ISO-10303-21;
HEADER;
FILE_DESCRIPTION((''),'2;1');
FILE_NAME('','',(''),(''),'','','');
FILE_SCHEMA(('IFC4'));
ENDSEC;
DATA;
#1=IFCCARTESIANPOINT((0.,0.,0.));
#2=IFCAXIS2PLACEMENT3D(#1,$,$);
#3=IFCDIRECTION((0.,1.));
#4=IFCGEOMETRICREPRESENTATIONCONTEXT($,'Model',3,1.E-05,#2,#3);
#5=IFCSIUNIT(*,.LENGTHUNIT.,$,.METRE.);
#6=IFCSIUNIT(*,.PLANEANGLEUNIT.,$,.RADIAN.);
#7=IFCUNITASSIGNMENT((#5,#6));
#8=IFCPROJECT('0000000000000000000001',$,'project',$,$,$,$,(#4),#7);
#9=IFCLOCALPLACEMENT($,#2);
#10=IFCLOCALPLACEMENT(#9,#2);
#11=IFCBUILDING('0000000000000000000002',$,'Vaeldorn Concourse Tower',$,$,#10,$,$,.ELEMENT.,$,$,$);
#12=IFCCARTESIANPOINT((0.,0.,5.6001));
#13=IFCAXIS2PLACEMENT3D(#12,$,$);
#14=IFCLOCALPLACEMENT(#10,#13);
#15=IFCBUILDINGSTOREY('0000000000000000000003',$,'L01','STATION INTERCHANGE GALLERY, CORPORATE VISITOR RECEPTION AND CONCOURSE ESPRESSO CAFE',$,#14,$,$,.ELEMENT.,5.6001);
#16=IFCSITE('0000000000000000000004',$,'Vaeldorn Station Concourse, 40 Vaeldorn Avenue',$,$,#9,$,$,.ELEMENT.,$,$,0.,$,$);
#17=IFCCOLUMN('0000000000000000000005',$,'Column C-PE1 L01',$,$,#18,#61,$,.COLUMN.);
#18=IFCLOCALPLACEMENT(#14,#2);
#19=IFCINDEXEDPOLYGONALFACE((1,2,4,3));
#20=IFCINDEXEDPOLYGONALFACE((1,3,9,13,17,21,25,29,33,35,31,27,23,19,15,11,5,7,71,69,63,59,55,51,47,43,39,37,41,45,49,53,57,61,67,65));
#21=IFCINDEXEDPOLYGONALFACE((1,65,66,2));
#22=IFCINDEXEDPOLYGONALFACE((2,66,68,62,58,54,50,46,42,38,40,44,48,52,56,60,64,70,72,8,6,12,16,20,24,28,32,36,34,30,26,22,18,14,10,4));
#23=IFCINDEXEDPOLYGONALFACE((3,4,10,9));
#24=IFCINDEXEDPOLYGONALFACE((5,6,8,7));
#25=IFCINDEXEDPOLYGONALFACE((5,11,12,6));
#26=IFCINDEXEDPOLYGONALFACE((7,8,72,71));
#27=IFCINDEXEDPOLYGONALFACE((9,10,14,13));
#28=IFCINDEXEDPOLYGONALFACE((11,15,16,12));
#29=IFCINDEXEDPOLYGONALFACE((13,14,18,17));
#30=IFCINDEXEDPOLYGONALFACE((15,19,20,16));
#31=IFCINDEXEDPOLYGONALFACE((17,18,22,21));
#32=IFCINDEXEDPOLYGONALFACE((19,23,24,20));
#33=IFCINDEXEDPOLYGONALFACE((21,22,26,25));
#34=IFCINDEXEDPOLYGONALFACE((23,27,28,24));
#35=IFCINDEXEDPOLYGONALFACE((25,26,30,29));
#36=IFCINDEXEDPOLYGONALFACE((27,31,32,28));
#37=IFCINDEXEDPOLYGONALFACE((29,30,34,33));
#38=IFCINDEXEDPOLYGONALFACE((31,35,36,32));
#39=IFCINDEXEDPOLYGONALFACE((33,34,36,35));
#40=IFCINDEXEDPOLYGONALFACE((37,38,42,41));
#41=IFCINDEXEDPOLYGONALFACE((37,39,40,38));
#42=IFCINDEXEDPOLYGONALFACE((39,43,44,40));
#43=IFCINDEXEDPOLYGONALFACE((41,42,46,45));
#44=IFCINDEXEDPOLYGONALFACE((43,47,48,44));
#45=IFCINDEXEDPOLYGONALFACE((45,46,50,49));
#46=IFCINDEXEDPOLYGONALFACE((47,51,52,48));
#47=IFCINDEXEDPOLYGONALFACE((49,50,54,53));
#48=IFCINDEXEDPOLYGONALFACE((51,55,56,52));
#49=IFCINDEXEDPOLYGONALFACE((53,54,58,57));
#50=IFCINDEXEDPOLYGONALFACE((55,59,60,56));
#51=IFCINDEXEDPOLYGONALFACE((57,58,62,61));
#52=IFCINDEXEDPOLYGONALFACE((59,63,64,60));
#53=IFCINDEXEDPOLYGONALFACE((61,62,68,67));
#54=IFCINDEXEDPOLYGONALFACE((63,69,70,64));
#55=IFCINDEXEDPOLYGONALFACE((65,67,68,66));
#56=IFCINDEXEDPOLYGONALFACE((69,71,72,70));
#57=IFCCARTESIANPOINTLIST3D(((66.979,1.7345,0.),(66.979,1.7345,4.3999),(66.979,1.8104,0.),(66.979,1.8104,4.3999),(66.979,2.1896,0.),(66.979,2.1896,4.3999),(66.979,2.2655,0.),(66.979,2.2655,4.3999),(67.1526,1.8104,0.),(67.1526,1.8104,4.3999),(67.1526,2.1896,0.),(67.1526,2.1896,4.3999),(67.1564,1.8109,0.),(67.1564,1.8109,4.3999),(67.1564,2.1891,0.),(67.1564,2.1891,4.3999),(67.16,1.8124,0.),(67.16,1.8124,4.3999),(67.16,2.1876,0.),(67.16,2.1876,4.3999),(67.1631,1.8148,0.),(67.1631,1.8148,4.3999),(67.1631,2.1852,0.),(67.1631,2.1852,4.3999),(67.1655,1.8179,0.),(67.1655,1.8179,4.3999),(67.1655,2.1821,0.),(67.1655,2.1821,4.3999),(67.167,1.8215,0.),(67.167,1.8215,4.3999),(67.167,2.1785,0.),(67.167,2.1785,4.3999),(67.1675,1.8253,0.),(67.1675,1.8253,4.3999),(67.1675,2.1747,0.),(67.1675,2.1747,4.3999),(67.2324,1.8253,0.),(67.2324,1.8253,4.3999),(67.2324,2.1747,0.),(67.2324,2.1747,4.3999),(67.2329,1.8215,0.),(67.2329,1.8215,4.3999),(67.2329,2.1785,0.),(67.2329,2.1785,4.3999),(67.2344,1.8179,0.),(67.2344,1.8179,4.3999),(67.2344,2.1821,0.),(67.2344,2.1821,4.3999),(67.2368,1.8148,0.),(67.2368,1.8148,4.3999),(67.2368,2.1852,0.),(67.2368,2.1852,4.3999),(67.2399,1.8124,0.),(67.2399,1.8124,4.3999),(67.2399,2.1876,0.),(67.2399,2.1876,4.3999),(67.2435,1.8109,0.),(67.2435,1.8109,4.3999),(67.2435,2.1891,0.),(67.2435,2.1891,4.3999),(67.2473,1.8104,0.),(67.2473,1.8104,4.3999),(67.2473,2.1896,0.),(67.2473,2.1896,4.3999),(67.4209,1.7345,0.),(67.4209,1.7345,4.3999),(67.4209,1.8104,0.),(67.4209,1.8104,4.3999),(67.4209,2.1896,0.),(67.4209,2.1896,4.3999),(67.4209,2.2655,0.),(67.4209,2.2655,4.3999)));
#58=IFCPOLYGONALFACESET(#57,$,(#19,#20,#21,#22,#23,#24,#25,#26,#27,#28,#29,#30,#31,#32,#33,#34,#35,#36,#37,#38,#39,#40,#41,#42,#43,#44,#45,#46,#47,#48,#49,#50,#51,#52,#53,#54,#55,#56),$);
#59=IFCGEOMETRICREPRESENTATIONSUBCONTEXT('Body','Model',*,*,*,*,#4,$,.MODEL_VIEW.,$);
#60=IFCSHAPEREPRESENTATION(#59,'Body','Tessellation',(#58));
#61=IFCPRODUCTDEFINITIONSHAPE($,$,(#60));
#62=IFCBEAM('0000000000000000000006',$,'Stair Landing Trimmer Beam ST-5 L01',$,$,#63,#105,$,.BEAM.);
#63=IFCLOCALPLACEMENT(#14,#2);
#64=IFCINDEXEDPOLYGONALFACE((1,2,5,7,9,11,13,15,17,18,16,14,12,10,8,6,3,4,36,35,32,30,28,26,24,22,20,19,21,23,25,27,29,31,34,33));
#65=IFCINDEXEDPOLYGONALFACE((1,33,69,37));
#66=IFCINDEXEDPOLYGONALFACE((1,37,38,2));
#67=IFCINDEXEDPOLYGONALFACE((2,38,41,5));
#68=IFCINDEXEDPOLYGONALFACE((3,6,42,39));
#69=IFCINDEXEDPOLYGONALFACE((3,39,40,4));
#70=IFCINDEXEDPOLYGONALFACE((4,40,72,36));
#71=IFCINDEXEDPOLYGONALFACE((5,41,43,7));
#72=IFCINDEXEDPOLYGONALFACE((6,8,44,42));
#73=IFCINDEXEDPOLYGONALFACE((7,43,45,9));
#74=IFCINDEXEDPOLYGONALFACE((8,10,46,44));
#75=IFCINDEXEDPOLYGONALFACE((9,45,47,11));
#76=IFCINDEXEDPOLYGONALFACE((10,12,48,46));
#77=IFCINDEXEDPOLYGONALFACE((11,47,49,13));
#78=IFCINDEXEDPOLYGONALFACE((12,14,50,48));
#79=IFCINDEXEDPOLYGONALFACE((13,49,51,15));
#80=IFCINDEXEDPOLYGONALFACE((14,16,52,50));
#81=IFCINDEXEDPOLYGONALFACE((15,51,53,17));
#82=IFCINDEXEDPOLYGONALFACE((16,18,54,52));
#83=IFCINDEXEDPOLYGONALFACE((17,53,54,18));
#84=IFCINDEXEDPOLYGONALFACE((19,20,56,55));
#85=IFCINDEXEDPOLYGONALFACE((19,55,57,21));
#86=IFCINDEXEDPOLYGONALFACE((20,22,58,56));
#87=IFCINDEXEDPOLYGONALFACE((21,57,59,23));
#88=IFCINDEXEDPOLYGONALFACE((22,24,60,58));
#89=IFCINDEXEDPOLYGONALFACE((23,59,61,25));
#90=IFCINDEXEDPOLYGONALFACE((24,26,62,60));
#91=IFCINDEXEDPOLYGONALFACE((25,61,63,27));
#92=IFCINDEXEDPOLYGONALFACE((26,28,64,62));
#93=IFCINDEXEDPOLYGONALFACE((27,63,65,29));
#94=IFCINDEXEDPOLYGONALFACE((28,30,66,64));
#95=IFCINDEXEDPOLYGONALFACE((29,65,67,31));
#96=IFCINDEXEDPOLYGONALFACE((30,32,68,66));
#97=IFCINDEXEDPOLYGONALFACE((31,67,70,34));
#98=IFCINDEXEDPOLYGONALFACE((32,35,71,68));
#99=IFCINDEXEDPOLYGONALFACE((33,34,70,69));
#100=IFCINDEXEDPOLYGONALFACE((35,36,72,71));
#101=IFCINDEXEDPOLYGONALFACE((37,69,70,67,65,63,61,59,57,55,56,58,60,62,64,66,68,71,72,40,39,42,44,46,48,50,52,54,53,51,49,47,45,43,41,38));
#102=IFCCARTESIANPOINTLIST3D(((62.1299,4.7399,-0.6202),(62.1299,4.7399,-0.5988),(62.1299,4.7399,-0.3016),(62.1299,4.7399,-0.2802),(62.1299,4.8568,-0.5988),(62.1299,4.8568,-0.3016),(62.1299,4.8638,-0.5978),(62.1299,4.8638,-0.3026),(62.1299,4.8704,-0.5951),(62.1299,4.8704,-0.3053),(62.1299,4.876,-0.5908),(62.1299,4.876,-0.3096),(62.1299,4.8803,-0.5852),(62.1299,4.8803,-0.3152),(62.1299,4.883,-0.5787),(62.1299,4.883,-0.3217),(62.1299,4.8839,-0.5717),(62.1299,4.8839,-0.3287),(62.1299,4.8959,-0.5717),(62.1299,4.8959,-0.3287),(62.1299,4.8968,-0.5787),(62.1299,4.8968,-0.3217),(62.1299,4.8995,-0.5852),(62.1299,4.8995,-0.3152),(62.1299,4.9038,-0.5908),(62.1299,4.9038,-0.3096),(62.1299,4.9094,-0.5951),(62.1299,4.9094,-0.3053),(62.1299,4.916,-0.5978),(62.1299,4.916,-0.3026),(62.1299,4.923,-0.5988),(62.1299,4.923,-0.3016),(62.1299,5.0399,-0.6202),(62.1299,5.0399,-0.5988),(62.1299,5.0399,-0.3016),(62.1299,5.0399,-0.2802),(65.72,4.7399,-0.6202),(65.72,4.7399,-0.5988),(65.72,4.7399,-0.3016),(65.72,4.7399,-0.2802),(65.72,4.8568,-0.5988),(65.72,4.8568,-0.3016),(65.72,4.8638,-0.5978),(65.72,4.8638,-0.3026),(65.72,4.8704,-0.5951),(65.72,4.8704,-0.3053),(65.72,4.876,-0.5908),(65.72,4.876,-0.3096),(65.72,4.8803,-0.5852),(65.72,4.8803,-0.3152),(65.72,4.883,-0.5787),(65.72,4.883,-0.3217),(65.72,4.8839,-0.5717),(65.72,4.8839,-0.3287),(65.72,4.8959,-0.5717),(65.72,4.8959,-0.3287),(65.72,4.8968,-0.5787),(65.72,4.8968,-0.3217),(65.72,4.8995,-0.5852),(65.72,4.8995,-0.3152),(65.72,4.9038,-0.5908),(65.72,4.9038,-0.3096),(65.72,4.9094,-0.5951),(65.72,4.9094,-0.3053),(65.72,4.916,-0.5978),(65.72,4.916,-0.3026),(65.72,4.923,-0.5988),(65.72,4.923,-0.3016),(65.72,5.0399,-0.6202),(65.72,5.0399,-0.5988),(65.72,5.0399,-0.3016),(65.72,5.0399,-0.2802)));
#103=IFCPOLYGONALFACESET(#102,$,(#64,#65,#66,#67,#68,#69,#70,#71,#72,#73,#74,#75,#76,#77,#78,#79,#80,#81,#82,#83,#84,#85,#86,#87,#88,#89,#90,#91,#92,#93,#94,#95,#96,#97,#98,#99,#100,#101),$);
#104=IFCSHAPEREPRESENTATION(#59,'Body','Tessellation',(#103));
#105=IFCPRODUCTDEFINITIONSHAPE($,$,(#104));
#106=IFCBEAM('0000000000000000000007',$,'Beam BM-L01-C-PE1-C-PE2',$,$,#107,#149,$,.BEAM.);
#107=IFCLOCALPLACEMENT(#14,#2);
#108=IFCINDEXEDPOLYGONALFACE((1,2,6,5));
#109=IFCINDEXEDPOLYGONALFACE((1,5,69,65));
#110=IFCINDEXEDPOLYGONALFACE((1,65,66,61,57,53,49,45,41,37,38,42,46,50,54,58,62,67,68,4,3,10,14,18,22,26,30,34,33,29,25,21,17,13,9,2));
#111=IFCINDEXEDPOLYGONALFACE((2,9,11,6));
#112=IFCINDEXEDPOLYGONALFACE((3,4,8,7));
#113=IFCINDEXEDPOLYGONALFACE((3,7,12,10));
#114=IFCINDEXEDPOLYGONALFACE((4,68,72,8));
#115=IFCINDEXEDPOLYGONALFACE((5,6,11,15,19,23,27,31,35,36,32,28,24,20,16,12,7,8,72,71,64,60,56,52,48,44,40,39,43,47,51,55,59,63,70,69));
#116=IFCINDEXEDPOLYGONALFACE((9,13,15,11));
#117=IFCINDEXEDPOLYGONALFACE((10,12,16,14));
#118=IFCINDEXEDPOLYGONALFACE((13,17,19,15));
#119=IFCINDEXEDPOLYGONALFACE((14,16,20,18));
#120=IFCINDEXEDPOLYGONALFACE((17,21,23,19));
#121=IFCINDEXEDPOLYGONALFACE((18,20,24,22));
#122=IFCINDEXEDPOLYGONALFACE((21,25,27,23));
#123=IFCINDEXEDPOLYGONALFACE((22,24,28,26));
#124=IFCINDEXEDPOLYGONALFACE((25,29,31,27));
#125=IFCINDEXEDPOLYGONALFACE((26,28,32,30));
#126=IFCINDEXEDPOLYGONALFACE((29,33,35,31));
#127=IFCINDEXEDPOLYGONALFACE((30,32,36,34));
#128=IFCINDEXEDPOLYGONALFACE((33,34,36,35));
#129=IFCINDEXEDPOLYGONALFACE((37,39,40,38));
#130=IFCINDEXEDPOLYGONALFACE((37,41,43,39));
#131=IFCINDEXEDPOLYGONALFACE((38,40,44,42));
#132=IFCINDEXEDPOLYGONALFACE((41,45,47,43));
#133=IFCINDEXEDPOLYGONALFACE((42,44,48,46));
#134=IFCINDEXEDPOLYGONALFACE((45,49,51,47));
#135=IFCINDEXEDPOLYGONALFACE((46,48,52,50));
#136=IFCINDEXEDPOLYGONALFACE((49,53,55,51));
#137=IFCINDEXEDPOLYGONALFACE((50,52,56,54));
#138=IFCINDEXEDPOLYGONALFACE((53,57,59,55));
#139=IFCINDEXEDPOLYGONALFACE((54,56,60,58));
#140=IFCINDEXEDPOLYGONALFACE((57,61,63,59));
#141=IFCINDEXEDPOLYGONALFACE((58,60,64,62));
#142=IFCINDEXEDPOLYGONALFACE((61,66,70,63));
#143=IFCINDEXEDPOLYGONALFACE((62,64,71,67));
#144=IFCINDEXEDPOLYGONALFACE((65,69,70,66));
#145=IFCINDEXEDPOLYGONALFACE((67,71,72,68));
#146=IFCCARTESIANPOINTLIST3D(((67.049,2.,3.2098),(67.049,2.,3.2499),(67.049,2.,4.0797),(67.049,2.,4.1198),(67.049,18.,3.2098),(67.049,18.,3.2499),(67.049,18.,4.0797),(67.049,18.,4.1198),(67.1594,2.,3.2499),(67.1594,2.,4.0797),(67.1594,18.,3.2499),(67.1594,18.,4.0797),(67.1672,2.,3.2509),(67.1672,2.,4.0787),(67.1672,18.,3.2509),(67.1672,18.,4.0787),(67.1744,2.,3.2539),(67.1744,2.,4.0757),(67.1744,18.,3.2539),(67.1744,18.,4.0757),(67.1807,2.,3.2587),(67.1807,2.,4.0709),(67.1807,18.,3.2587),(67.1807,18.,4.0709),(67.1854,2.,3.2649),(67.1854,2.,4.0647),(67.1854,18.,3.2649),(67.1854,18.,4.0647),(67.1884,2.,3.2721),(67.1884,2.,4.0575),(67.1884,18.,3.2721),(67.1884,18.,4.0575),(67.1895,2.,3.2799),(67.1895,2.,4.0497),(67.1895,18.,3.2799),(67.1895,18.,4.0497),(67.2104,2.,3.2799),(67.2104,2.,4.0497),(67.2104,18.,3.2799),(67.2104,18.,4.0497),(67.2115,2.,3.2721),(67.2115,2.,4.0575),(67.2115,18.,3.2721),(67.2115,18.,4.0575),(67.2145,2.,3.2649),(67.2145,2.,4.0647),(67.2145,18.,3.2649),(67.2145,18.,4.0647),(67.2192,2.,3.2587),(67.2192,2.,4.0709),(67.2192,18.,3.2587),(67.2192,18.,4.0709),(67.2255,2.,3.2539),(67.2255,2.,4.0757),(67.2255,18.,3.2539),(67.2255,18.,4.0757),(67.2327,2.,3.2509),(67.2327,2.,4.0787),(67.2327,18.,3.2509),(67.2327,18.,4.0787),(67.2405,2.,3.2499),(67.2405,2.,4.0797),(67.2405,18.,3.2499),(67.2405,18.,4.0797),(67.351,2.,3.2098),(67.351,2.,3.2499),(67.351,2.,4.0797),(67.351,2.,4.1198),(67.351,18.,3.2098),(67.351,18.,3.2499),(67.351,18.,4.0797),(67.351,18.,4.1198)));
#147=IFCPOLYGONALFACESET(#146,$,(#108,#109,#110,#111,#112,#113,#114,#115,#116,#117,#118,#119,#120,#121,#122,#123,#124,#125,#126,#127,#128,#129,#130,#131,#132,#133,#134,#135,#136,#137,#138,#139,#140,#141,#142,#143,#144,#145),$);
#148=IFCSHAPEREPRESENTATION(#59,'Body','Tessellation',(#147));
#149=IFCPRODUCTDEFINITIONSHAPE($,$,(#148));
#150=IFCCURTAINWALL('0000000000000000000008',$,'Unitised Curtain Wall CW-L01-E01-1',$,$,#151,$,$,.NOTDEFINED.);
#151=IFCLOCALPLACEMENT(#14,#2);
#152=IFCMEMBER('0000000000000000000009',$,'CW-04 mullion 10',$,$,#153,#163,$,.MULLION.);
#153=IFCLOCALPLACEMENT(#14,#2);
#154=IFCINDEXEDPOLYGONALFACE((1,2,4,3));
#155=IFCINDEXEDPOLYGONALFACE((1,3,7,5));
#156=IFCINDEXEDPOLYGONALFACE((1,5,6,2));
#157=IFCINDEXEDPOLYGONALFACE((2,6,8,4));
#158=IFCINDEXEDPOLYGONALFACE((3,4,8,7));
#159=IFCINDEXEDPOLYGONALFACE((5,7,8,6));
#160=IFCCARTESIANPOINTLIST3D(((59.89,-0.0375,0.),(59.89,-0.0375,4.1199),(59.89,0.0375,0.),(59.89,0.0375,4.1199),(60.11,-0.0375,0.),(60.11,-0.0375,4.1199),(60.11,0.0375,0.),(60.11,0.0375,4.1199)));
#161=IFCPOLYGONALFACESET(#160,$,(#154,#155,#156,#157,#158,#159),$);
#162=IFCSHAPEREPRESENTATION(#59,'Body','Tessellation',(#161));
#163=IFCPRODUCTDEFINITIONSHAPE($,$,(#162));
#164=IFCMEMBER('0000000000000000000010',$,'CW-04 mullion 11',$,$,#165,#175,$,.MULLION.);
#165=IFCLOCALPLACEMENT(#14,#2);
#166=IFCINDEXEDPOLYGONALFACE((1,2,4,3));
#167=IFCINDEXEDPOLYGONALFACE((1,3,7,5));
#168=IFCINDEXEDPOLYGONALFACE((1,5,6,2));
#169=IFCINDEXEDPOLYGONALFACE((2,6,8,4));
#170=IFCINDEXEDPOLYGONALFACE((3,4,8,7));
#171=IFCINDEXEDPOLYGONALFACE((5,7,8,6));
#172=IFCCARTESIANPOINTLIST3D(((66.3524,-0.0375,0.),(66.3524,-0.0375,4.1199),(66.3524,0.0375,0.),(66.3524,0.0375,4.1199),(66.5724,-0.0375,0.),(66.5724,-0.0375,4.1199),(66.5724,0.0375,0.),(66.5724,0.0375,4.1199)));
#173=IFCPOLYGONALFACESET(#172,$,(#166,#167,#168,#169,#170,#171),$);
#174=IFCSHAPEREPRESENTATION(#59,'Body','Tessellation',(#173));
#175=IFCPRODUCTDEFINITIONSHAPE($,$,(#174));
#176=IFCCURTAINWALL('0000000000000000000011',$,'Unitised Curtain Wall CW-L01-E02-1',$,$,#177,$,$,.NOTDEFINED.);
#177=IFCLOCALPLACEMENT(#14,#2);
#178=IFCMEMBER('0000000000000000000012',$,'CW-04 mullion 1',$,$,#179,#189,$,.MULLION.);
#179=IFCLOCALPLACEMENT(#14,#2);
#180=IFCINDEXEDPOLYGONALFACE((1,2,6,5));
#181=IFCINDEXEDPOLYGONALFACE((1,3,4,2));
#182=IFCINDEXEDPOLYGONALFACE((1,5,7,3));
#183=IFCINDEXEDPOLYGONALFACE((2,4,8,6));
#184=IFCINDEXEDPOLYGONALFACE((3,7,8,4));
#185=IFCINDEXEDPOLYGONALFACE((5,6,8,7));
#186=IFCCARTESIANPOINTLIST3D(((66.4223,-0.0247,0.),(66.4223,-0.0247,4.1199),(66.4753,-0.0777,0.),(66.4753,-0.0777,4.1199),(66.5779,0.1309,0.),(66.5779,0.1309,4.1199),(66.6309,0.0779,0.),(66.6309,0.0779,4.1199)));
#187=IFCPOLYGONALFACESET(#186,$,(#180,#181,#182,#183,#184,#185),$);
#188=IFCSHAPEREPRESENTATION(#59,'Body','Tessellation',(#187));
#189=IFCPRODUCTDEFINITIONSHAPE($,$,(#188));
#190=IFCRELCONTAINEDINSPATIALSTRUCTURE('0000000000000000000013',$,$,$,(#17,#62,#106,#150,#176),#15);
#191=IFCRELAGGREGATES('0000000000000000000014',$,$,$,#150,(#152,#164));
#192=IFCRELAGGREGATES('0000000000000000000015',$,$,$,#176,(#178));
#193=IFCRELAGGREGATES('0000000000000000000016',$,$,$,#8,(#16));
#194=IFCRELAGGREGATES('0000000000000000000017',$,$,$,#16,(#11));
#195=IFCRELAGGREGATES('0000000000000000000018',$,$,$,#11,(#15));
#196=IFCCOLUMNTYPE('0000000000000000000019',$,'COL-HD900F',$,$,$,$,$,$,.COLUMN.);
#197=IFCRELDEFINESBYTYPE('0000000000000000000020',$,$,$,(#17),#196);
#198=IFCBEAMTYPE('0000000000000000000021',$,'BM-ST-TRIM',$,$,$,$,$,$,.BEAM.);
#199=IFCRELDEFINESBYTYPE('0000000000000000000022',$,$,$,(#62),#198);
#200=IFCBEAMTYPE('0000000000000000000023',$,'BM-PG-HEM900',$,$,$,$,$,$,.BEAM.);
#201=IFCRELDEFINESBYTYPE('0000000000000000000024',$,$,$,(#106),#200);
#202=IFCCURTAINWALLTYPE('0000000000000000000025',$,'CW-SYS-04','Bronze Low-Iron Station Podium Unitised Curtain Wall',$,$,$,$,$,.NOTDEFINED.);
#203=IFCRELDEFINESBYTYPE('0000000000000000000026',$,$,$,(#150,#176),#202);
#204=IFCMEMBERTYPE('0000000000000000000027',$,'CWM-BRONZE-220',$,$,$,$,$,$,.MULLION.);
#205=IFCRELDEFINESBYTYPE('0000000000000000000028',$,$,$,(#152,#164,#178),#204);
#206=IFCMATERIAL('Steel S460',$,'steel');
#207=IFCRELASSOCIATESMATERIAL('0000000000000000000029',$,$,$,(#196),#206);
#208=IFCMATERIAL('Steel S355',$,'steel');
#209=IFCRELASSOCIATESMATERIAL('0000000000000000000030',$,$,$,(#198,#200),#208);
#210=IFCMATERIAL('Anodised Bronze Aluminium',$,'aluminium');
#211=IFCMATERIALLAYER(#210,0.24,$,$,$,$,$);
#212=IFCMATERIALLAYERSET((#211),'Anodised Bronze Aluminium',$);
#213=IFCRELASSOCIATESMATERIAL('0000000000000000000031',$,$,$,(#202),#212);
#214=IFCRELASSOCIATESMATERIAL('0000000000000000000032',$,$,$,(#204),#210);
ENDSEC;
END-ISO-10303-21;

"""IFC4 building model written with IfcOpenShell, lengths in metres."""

from ifc_helpers import new_model, si_unit, direction, frame, origin, origin_2d, place, context, subcontext, project, spatial, rectangle, i_section, extrude, source, transform, mapped, material, layer, layer_set, material_profile, profile_set, type_object, element, aggregate, save


model = new_model("IFC4")

# Units and contexts
model_context = context("Model", 3, precision=1e-05, world=origin(), true_north=direction((0.0, 1.0)))
body_context = subcontext(model_context, "Body", "Model", "MODEL_VIEW")
ifc_project = project(units=[si_unit("LENGTHUNIT", "METRE"), si_unit("PLANEANGLEUNIT", "RADIAN")], contexts=[model_context])

# Site, building, storey
site_placement = place(None, origin())
site = spatial("IfcSite", under=ifc_project, at=site_placement, Name="Vaeldorn Station Concourse, 40 Vaeldorn Avenue", CompositionType="ELEMENT", RefElevation=0.0)
building_placement = place(site_placement, origin())
building = spatial("IfcBuilding", under=site, at=building_placement, Name="Vaeldorn Concourse Tower", CompositionType="ELEMENT")
storey_placement = place(building_placement, frame((0.0, 0.0, 5.6001)))
storey = spatial("IfcBuildingStorey", under=building, at=storey_placement, Name="L01", Description="STATION INTERCHANGE GALLERY, CORPORATE VISITOR RECEPTION AND CONCOURSE ESPRESSO CAFE", CompositionType="ELEMENT", Elevation=5.6001)

# Column
ifc_material_1 = material(Name="Steel S460", Category="steel")
ifc_material_profile_1 = material_profile(ifc_material_1, i_section(OverallWidth=0.4419, OverallDepth=0.531, WebThickness=0.0649, FlangeThickness=0.0759, FilletRadius=0.0149, at=origin_2d()), Name="HD 400x900")
ifc_profile_set_1 = profile_set([ifc_material_profile_1], Name="Steel S460")
column_type = type_object("IfcColumnType", Name="COL-HD900F", PredefinedType="COLUMN", material=ifc_profile_set_1)
shared_shape_1 = source(origin(), body_context, "Body", "SweptSolid", [
    extrude(i_section(OverallWidth=0.4419, OverallDepth=0.531, WebThickness=0.0649, FlangeThickness=0.0759, FilletRadius=0.0149, at=origin_2d()), origin(), (0.0, 0.0, 1.0), 4.3999),
])
column_placement = place(storey_placement, frame((67.2, 2.0, 0.0), z_axis=(0.0, 0.0, 1.0), x_axis=(1.0, 0.0, 0.0)))
element("IfcColumn", 1, at=column_placement, inside=storey, type_object=column_type, Name="Column C-PE1 L01", PredefinedType="COLUMN", context=body_context, shape_type="MappedRepresentation", body=[
    mapped(shared_shape_1, transform((0.0, 0.0, 0.0), scale=1.0)),
])

# Beams
ifc_material_2 = material(Name="Steel S355", Category="steel")
ifc_material_profile_2 = material_profile(ifc_material_2, i_section(OverallWidth=0.3, OverallDepth=0.3401, WebThickness=0.012, FlangeThickness=0.0215, FilletRadius=0.0271, at=origin_2d()), Name="HEB 340")
ifc_profile_set_2 = profile_set([ifc_material_profile_2], Name="Steel S355")
beam_type_1 = type_object("IfcBeamType", Name="BM-ST-TRIM", PredefinedType="BEAM", material=ifc_profile_set_2)
shared_shape_2 = source(origin(), body_context, "Body", "SweptSolid", [
    extrude(i_section(OverallWidth=0.3, OverallDepth=0.3401, WebThickness=0.012, FlangeThickness=0.0215, FilletRadius=0.0271, at=origin_2d()), origin(), (0.0, 0.0, 1.0), 3.5901),
])
beam_1_placement = place(storey_placement, frame((62.1299, 4.8899, -0.4502), z_axis=(1.0, 0.0, 0.0), x_axis=(0.0, 1.0, 0.0)))
element("IfcBeam", 2, at=beam_1_placement, inside=storey, type_object=beam_type_1, Name="Stair Landing Trimmer Beam ST-5 L01", PredefinedType="BEAM", context=body_context, shape_type="MappedRepresentation", body=[
    mapped(shared_shape_2, transform((0.0, 0.0, 0.0), scale=1.0)),
])
ifc_material_profile_3 = material_profile(ifc_material_2, i_section(OverallWidth=0.302, OverallDepth=0.9099, WebThickness=0.021, FlangeThickness=0.04, FilletRadius=0.03, at=origin_2d()), Name="HEM 900")
ifc_profile_set_3 = profile_set([ifc_material_profile_3], Name="Steel S355")
beam_type_2 = type_object("IfcBeamType", Name="BM-PG-HEM900", PredefinedType="BEAM", material=ifc_profile_set_3)
shared_shape_3 = source(origin(), body_context, "Body", "SweptSolid", [
    extrude(i_section(OverallWidth=0.302, OverallDepth=0.9099, WebThickness=0.021, FlangeThickness=0.04, FilletRadius=0.03, at=origin_2d()), origin(), (0.0, 0.0, 1.0), 16.0),
])
beam_2_placement = place(storey_placement, frame((67.2, 2.0, 3.6648), z_axis=(0.0, 1.0, 0.0), x_axis=(-1.0, 0.0, 0.0)))
element("IfcBeam", 3, at=beam_2_placement, inside=storey, type_object=beam_type_2, Name="Beam BM-L01-C-PE1-C-PE2", PredefinedType="BEAM", context=body_context, shape_type="MappedRepresentation", body=[
    mapped(shared_shape_3, transform((0.0, 0.0, 0.0), scale=1.0)),
])

# Curtain walls, members
ifc_material_3 = material(Name="Anodised Bronze Aluminium", Category="aluminium")
ifc_layer_1 = layer(ifc_material_3, 0.24)
ifc_layer_set_1 = layer_set([ifc_layer_1], Name="Anodised Bronze Aluminium")
curtain_wall_type = type_object("IfcCurtainWallType", Name="CW-SYS-04", Description="Bronze Low-Iron Station Podium Unitised Curtain Wall", PredefinedType="NOTDEFINED", material=ifc_layer_set_1)
curtain_wall_1_placement = place(storey_placement, origin())
curtain_wall_1 = element("IfcCurtainWall", 4, at=curtain_wall_1_placement, inside=storey, type_object=curtain_wall_type, Name="Unitised Curtain Wall CW-L01-E01-1", PredefinedType="NOTDEFINED")
ifc_material_profile_4 = material_profile(ifc_material_3, rectangle(XDim=0.075, YDim=0.22, at=origin_2d()), Name="CWM 75x220")
ifc_profile_set_4 = profile_set([ifc_material_profile_4], Name="Anodised Bronze Aluminium")
member_type_1 = type_object("IfcMemberType", Name="CWM-BRONZE-220", PredefinedType="MULLION", material=ifc_profile_set_4)
shared_shape_4 = source(origin(), body_context, "Body", "SweptSolid", [
    extrude(rectangle(XDim=0.075, YDim=0.22, at=origin_2d()), origin(), (0.0, 0.0, 1.0), 4.1199),
])
member_1_placement = place(storey_placement, frame((60.0, 0.0, 0.0), z_axis=(0.0, 0.0, 1.0), x_axis=(0.0, 1.0, 0.0)))
member_1 = element("IfcMember", 5, at=member_1_placement, type_object=member_type_1, Name="CW-04 mullion 10", PredefinedType="MULLION", context=body_context, shape_type="MappedRepresentation", body=[
    mapped(shared_shape_4, transform((0.0, 0.0, 0.0), scale=1.0)),
])
member_2_placement = place(storey_placement, frame((66.4624, 0.0, 0.0), z_axis=(0.0, 0.0, 1.0), x_axis=(0.0, 1.0, 0.0)))
member_2 = element("IfcMember", 6, at=member_2_placement, type_object=member_type_1, Name="CW-04 mullion 11", PredefinedType="MULLION", context=body_context, shape_type="MappedRepresentation", body=[
    mapped(shared_shape_4, transform((0.0, 0.0, 0.0), scale=1.0)),
])
curtain_wall_2_placement = place(storey_placement, origin())
curtain_wall_2 = element("IfcCurtainWall", 7, at=curtain_wall_2_placement, inside=storey, type_object=curtain_wall_type, Name="Unitised Curtain Wall CW-L01-E02-1", PredefinedType="NOTDEFINED")
member_3_placement = place(storey_placement, frame((66.5266, 0.0266, 0.0), z_axis=(0.0, 0.0, 1.0), x_axis=(-0.707107, 0.707107, 0.0)))
member_3 = element("IfcMember", 8, at=member_3_placement, type_object=member_type_1, Name="CW-04 mullion 1", PredefinedType="MULLION", context=body_context, shape_type="MappedRepresentation", body=[
    mapped(shared_shape_4, transform((0.0, 0.0, 0.0), scale=1.0)),
])

aggregate(curtain_wall_1, [member_1, member_2])
aggregate(curtain_wall_2, [member_3])

save(model, "model.ifc")
